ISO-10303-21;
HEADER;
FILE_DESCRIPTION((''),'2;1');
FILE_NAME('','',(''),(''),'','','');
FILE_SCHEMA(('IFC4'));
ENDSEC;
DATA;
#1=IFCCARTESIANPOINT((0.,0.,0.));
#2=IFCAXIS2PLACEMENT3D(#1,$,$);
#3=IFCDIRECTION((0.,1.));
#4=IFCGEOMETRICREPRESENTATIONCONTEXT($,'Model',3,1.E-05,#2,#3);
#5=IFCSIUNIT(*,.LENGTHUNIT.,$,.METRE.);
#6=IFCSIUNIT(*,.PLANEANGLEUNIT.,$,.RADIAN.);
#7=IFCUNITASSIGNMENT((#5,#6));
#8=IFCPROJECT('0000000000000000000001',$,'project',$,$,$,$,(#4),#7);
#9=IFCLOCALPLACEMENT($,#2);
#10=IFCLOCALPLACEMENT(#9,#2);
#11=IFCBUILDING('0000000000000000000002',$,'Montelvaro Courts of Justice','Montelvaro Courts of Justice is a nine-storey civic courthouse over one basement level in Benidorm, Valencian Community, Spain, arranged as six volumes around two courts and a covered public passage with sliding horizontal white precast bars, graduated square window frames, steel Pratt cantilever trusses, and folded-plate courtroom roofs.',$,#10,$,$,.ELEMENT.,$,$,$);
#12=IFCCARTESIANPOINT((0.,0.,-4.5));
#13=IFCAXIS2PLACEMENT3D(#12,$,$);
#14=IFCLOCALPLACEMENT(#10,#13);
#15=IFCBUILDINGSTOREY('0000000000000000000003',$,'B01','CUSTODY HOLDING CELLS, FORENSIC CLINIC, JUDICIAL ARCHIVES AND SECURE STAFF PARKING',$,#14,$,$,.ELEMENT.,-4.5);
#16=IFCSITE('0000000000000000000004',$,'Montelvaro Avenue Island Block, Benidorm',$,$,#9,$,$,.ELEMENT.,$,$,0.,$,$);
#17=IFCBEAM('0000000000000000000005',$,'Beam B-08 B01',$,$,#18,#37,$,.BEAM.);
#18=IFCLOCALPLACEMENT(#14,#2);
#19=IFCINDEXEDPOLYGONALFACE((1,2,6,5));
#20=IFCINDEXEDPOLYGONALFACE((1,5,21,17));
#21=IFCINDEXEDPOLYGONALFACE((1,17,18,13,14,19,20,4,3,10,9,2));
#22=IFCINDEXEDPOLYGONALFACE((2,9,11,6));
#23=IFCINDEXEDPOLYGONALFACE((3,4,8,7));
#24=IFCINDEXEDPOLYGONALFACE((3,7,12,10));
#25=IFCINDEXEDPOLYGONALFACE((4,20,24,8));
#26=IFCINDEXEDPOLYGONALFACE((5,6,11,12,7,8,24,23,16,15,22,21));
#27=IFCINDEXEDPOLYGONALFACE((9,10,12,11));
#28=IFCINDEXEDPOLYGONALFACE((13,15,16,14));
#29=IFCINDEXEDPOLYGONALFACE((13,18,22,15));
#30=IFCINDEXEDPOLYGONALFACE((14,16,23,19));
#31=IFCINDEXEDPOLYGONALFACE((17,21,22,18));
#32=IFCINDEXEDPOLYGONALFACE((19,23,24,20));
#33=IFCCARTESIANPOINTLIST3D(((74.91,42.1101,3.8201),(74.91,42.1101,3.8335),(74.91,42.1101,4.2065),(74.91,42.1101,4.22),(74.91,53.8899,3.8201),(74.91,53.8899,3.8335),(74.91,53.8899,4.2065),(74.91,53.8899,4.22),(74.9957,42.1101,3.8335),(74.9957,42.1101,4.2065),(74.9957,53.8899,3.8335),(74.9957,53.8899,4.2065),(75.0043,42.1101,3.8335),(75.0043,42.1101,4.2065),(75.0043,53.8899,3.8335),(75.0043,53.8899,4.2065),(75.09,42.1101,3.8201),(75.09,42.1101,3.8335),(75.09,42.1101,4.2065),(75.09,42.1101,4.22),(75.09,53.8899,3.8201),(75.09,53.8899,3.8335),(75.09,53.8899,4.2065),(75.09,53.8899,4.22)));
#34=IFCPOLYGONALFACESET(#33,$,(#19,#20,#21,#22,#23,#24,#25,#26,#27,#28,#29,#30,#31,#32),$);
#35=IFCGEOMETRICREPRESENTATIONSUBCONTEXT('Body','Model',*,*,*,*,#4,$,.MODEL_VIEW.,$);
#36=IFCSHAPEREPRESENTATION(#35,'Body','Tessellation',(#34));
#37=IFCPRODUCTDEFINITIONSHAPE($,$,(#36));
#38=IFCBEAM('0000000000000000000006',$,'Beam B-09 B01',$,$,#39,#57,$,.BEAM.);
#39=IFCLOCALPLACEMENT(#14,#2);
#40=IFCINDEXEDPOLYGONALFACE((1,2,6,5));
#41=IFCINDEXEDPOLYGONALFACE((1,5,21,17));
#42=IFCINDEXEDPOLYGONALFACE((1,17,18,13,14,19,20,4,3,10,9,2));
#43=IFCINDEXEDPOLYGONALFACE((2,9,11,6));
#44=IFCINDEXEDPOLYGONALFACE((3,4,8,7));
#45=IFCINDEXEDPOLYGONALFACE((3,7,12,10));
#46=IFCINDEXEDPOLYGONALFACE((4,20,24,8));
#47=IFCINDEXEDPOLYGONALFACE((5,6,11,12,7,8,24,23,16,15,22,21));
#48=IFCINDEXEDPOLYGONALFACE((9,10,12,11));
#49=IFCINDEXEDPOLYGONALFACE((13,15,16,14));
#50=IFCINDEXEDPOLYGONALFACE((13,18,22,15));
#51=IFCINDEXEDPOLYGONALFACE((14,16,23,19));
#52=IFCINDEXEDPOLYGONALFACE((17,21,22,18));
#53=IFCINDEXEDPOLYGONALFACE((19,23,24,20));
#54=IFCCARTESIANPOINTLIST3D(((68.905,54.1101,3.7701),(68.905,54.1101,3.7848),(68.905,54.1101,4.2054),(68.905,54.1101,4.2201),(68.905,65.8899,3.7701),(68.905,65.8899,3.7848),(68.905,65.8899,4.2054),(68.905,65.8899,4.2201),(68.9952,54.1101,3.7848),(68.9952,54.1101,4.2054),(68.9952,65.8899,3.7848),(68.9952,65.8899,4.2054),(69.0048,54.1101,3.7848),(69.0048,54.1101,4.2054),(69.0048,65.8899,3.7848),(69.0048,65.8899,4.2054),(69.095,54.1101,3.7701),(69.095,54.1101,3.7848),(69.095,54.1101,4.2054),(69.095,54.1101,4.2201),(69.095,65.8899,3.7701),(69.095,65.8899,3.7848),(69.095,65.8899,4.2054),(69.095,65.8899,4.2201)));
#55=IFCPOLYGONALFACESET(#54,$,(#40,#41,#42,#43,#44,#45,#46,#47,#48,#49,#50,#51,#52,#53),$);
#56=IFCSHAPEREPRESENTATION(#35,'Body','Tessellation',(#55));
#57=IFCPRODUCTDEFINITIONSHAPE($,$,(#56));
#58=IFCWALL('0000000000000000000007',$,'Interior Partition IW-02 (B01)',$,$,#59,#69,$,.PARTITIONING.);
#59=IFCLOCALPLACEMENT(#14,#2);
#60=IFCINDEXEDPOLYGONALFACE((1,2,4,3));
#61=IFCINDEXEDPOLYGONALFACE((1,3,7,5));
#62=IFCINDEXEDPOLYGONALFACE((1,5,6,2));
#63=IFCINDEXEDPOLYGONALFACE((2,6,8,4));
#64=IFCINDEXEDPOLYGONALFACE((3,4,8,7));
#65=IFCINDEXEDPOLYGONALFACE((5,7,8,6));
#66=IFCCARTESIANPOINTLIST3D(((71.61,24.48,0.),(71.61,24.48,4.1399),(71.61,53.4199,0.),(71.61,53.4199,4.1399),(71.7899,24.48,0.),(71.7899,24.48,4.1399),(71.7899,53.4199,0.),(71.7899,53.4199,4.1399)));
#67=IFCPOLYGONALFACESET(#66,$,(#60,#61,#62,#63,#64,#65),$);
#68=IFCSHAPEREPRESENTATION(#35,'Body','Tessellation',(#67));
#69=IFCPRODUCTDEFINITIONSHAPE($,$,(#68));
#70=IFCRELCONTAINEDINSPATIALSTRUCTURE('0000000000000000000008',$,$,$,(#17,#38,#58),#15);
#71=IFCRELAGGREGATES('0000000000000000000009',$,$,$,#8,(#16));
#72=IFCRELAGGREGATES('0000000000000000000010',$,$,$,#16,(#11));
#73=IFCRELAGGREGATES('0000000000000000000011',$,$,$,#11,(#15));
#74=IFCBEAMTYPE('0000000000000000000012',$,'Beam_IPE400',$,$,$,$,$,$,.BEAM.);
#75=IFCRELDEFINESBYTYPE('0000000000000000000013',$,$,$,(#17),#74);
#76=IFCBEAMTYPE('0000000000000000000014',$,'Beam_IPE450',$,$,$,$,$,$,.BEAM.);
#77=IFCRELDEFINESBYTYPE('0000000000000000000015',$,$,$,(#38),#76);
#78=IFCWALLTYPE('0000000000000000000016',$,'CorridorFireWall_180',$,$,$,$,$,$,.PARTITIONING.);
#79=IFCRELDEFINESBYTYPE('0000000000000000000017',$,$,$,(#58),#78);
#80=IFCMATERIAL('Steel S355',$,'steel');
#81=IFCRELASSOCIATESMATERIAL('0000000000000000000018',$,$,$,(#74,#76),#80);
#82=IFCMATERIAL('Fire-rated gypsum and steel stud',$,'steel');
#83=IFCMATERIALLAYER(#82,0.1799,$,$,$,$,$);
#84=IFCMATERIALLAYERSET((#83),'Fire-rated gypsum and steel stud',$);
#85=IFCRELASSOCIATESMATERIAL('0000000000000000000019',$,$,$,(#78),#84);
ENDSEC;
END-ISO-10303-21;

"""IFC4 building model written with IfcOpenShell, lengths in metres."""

from ifc_helpers import new_model, si_unit, direction, frame, frame_2d, origin, origin_2d, place, context, subcontext, project, spatial, rectangle, i_section, extrude, material, layer, layer_set, material_profile, profile_set, type_object, element, save


model = new_model("IFC4")

# Units and contexts
model_context = context("Model", 3, precision=1e-05, world=origin(), true_north=direction((0.0, 1.0)))
body_context = subcontext(model_context, "Body", "Model", "MODEL_VIEW")
ifc_project = project(units=[si_unit("LENGTHUNIT", "METRE"), si_unit("PLANEANGLEUNIT", "RADIAN")], contexts=[model_context])

# Site, building, storey
site_placement = place(None, origin())
site = spatial("IfcSite", under=ifc_project, at=site_placement, Name="Montelvaro Avenue Island Block, Benidorm", CompositionType="ELEMENT", RefElevation=0.0)
building_placement = place(site_placement, origin())
building = spatial("IfcBuilding", under=site, at=building_placement, Name="Montelvaro Courts of Justice", Description="Montelvaro Courts of Justice is a nine-storey civic courthouse over one basement level in Benidorm, Valencian Community, Spain, arranged as six volumes around two courts and a covered public passage with sliding horizontal white precast bars, graduated square window frames, steel Pratt cantilever trusses, and folded-plate courtroom roofs.", CompositionType="ELEMENT")
storey_placement = place(building_placement, frame((0.0, 0.0, -4.5)))
storey = spatial("IfcBuildingStorey", under=building, at=storey_placement, Name="B01", Description="CUSTODY HOLDING CELLS, FORENSIC CLINIC, JUDICIAL ARCHIVES AND SECURE STAFF PARKING", CompositionType="ELEMENT", Elevation=-4.5)

# Beams
ifc_material_1 = material(Name="Steel S355", Category="steel")
ifc_material_profile_1 = material_profile(ifc_material_1, i_section(OverallWidth=0.1799, OverallDepth=0.3999, WebThickness=0.0085, FlangeThickness=0.0134, at=origin_2d()), Name="IPE 400")
ifc_profile_set_1 = profile_set([ifc_material_profile_1], Name="Steel S355")
beam_type_1 = type_object("IfcBeamType", Name="Beam_IPE400", PredefinedType="BEAM", material=ifc_profile_set_1)
for number, where, z_axis, x_axis, name in (
    (1, (75.0, 42.1101, 4.02), (0.0, 1.0, 0.0), (-1.0, 0.0, 0.0), "Beam B-08 B01"),
):
    element("IfcBeam", number, at=place(storey_placement, frame(where, z_axis=z_axis, x_axis=x_axis)), inside=storey, type_object=beam_type_1, Name=name, PredefinedType="BEAM", context=body_context, shape_type="SweptSolid", body=[
        extrude(i_section(OverallWidth=0.1799, OverallDepth=0.3999, WebThickness=0.0085, FlangeThickness=0.0134, at=origin_2d()), origin(), (0.0, 0.0, 1.0), 11.7798),
    ])
ifc_material_profile_2 = material_profile(ifc_material_1, i_section(OverallWidth=0.1899, OverallDepth=0.45, WebThickness=0.0095, FlangeThickness=0.0146, at=origin_2d()), Name="IPE 450")
ifc_profile_set_2 = profile_set([ifc_material_profile_2], Name="Steel S355")
beam_type_2 = type_object("IfcBeamType", Name="Beam_IPE450", PredefinedType="BEAM", material=ifc_profile_set_2)
beam_1_placement = place(storey_placement, frame((69.0, 54.1101, 3.9951), z_axis=(0.0, 1.0, 0.0), x_axis=(-1.0, 0.0, 0.0)))
element("IfcBeam", 2, at=beam_1_placement, inside=storey, type_object=beam_type_2, Name="Beam B-09 B01", PredefinedType="BEAM", context=body_context, shape_type="SweptSolid", body=[
    extrude(i_section(OverallWidth=0.1899, OverallDepth=0.45, WebThickness=0.0095, FlangeThickness=0.0146, at=origin_2d()), origin(), (0.0, 0.0, 1.0), 11.7798),
])

# Wall
ifc_material_2 = material(Name="Fire-rated gypsum and steel stud", Category="steel")
ifc_layer = layer(ifc_material_2, 0.1799)
ifc_layer_set = layer_set([ifc_layer], Name="Fire-rated gypsum and steel stud")
wall_type = type_object("IfcWallType", Name="CorridorFireWall_180", PredefinedType="PARTITIONING", material=ifc_layer_set)
wall_placement = place(storey_placement, frame((71.7, 53.4199, 0.0), z_axis=(0.0, 0.0, 1.0), x_axis=(0.0, -1.0, 0.0)))
element("IfcWall", 3, at=wall_placement, inside=storey, type_object=wall_type, Name="Interior Partition IW-02 (B01)", PredefinedType="PARTITIONING", context=body_context, shape_type="SweptSolid", body=[
    extrude(rectangle(XDim=28.9399, YDim=0.1799, at=frame_2d((14.47, 0.0))), origin(), (0.0, 0.0, 1.0), 4.1399),
])

save(model, "model.ifc")
